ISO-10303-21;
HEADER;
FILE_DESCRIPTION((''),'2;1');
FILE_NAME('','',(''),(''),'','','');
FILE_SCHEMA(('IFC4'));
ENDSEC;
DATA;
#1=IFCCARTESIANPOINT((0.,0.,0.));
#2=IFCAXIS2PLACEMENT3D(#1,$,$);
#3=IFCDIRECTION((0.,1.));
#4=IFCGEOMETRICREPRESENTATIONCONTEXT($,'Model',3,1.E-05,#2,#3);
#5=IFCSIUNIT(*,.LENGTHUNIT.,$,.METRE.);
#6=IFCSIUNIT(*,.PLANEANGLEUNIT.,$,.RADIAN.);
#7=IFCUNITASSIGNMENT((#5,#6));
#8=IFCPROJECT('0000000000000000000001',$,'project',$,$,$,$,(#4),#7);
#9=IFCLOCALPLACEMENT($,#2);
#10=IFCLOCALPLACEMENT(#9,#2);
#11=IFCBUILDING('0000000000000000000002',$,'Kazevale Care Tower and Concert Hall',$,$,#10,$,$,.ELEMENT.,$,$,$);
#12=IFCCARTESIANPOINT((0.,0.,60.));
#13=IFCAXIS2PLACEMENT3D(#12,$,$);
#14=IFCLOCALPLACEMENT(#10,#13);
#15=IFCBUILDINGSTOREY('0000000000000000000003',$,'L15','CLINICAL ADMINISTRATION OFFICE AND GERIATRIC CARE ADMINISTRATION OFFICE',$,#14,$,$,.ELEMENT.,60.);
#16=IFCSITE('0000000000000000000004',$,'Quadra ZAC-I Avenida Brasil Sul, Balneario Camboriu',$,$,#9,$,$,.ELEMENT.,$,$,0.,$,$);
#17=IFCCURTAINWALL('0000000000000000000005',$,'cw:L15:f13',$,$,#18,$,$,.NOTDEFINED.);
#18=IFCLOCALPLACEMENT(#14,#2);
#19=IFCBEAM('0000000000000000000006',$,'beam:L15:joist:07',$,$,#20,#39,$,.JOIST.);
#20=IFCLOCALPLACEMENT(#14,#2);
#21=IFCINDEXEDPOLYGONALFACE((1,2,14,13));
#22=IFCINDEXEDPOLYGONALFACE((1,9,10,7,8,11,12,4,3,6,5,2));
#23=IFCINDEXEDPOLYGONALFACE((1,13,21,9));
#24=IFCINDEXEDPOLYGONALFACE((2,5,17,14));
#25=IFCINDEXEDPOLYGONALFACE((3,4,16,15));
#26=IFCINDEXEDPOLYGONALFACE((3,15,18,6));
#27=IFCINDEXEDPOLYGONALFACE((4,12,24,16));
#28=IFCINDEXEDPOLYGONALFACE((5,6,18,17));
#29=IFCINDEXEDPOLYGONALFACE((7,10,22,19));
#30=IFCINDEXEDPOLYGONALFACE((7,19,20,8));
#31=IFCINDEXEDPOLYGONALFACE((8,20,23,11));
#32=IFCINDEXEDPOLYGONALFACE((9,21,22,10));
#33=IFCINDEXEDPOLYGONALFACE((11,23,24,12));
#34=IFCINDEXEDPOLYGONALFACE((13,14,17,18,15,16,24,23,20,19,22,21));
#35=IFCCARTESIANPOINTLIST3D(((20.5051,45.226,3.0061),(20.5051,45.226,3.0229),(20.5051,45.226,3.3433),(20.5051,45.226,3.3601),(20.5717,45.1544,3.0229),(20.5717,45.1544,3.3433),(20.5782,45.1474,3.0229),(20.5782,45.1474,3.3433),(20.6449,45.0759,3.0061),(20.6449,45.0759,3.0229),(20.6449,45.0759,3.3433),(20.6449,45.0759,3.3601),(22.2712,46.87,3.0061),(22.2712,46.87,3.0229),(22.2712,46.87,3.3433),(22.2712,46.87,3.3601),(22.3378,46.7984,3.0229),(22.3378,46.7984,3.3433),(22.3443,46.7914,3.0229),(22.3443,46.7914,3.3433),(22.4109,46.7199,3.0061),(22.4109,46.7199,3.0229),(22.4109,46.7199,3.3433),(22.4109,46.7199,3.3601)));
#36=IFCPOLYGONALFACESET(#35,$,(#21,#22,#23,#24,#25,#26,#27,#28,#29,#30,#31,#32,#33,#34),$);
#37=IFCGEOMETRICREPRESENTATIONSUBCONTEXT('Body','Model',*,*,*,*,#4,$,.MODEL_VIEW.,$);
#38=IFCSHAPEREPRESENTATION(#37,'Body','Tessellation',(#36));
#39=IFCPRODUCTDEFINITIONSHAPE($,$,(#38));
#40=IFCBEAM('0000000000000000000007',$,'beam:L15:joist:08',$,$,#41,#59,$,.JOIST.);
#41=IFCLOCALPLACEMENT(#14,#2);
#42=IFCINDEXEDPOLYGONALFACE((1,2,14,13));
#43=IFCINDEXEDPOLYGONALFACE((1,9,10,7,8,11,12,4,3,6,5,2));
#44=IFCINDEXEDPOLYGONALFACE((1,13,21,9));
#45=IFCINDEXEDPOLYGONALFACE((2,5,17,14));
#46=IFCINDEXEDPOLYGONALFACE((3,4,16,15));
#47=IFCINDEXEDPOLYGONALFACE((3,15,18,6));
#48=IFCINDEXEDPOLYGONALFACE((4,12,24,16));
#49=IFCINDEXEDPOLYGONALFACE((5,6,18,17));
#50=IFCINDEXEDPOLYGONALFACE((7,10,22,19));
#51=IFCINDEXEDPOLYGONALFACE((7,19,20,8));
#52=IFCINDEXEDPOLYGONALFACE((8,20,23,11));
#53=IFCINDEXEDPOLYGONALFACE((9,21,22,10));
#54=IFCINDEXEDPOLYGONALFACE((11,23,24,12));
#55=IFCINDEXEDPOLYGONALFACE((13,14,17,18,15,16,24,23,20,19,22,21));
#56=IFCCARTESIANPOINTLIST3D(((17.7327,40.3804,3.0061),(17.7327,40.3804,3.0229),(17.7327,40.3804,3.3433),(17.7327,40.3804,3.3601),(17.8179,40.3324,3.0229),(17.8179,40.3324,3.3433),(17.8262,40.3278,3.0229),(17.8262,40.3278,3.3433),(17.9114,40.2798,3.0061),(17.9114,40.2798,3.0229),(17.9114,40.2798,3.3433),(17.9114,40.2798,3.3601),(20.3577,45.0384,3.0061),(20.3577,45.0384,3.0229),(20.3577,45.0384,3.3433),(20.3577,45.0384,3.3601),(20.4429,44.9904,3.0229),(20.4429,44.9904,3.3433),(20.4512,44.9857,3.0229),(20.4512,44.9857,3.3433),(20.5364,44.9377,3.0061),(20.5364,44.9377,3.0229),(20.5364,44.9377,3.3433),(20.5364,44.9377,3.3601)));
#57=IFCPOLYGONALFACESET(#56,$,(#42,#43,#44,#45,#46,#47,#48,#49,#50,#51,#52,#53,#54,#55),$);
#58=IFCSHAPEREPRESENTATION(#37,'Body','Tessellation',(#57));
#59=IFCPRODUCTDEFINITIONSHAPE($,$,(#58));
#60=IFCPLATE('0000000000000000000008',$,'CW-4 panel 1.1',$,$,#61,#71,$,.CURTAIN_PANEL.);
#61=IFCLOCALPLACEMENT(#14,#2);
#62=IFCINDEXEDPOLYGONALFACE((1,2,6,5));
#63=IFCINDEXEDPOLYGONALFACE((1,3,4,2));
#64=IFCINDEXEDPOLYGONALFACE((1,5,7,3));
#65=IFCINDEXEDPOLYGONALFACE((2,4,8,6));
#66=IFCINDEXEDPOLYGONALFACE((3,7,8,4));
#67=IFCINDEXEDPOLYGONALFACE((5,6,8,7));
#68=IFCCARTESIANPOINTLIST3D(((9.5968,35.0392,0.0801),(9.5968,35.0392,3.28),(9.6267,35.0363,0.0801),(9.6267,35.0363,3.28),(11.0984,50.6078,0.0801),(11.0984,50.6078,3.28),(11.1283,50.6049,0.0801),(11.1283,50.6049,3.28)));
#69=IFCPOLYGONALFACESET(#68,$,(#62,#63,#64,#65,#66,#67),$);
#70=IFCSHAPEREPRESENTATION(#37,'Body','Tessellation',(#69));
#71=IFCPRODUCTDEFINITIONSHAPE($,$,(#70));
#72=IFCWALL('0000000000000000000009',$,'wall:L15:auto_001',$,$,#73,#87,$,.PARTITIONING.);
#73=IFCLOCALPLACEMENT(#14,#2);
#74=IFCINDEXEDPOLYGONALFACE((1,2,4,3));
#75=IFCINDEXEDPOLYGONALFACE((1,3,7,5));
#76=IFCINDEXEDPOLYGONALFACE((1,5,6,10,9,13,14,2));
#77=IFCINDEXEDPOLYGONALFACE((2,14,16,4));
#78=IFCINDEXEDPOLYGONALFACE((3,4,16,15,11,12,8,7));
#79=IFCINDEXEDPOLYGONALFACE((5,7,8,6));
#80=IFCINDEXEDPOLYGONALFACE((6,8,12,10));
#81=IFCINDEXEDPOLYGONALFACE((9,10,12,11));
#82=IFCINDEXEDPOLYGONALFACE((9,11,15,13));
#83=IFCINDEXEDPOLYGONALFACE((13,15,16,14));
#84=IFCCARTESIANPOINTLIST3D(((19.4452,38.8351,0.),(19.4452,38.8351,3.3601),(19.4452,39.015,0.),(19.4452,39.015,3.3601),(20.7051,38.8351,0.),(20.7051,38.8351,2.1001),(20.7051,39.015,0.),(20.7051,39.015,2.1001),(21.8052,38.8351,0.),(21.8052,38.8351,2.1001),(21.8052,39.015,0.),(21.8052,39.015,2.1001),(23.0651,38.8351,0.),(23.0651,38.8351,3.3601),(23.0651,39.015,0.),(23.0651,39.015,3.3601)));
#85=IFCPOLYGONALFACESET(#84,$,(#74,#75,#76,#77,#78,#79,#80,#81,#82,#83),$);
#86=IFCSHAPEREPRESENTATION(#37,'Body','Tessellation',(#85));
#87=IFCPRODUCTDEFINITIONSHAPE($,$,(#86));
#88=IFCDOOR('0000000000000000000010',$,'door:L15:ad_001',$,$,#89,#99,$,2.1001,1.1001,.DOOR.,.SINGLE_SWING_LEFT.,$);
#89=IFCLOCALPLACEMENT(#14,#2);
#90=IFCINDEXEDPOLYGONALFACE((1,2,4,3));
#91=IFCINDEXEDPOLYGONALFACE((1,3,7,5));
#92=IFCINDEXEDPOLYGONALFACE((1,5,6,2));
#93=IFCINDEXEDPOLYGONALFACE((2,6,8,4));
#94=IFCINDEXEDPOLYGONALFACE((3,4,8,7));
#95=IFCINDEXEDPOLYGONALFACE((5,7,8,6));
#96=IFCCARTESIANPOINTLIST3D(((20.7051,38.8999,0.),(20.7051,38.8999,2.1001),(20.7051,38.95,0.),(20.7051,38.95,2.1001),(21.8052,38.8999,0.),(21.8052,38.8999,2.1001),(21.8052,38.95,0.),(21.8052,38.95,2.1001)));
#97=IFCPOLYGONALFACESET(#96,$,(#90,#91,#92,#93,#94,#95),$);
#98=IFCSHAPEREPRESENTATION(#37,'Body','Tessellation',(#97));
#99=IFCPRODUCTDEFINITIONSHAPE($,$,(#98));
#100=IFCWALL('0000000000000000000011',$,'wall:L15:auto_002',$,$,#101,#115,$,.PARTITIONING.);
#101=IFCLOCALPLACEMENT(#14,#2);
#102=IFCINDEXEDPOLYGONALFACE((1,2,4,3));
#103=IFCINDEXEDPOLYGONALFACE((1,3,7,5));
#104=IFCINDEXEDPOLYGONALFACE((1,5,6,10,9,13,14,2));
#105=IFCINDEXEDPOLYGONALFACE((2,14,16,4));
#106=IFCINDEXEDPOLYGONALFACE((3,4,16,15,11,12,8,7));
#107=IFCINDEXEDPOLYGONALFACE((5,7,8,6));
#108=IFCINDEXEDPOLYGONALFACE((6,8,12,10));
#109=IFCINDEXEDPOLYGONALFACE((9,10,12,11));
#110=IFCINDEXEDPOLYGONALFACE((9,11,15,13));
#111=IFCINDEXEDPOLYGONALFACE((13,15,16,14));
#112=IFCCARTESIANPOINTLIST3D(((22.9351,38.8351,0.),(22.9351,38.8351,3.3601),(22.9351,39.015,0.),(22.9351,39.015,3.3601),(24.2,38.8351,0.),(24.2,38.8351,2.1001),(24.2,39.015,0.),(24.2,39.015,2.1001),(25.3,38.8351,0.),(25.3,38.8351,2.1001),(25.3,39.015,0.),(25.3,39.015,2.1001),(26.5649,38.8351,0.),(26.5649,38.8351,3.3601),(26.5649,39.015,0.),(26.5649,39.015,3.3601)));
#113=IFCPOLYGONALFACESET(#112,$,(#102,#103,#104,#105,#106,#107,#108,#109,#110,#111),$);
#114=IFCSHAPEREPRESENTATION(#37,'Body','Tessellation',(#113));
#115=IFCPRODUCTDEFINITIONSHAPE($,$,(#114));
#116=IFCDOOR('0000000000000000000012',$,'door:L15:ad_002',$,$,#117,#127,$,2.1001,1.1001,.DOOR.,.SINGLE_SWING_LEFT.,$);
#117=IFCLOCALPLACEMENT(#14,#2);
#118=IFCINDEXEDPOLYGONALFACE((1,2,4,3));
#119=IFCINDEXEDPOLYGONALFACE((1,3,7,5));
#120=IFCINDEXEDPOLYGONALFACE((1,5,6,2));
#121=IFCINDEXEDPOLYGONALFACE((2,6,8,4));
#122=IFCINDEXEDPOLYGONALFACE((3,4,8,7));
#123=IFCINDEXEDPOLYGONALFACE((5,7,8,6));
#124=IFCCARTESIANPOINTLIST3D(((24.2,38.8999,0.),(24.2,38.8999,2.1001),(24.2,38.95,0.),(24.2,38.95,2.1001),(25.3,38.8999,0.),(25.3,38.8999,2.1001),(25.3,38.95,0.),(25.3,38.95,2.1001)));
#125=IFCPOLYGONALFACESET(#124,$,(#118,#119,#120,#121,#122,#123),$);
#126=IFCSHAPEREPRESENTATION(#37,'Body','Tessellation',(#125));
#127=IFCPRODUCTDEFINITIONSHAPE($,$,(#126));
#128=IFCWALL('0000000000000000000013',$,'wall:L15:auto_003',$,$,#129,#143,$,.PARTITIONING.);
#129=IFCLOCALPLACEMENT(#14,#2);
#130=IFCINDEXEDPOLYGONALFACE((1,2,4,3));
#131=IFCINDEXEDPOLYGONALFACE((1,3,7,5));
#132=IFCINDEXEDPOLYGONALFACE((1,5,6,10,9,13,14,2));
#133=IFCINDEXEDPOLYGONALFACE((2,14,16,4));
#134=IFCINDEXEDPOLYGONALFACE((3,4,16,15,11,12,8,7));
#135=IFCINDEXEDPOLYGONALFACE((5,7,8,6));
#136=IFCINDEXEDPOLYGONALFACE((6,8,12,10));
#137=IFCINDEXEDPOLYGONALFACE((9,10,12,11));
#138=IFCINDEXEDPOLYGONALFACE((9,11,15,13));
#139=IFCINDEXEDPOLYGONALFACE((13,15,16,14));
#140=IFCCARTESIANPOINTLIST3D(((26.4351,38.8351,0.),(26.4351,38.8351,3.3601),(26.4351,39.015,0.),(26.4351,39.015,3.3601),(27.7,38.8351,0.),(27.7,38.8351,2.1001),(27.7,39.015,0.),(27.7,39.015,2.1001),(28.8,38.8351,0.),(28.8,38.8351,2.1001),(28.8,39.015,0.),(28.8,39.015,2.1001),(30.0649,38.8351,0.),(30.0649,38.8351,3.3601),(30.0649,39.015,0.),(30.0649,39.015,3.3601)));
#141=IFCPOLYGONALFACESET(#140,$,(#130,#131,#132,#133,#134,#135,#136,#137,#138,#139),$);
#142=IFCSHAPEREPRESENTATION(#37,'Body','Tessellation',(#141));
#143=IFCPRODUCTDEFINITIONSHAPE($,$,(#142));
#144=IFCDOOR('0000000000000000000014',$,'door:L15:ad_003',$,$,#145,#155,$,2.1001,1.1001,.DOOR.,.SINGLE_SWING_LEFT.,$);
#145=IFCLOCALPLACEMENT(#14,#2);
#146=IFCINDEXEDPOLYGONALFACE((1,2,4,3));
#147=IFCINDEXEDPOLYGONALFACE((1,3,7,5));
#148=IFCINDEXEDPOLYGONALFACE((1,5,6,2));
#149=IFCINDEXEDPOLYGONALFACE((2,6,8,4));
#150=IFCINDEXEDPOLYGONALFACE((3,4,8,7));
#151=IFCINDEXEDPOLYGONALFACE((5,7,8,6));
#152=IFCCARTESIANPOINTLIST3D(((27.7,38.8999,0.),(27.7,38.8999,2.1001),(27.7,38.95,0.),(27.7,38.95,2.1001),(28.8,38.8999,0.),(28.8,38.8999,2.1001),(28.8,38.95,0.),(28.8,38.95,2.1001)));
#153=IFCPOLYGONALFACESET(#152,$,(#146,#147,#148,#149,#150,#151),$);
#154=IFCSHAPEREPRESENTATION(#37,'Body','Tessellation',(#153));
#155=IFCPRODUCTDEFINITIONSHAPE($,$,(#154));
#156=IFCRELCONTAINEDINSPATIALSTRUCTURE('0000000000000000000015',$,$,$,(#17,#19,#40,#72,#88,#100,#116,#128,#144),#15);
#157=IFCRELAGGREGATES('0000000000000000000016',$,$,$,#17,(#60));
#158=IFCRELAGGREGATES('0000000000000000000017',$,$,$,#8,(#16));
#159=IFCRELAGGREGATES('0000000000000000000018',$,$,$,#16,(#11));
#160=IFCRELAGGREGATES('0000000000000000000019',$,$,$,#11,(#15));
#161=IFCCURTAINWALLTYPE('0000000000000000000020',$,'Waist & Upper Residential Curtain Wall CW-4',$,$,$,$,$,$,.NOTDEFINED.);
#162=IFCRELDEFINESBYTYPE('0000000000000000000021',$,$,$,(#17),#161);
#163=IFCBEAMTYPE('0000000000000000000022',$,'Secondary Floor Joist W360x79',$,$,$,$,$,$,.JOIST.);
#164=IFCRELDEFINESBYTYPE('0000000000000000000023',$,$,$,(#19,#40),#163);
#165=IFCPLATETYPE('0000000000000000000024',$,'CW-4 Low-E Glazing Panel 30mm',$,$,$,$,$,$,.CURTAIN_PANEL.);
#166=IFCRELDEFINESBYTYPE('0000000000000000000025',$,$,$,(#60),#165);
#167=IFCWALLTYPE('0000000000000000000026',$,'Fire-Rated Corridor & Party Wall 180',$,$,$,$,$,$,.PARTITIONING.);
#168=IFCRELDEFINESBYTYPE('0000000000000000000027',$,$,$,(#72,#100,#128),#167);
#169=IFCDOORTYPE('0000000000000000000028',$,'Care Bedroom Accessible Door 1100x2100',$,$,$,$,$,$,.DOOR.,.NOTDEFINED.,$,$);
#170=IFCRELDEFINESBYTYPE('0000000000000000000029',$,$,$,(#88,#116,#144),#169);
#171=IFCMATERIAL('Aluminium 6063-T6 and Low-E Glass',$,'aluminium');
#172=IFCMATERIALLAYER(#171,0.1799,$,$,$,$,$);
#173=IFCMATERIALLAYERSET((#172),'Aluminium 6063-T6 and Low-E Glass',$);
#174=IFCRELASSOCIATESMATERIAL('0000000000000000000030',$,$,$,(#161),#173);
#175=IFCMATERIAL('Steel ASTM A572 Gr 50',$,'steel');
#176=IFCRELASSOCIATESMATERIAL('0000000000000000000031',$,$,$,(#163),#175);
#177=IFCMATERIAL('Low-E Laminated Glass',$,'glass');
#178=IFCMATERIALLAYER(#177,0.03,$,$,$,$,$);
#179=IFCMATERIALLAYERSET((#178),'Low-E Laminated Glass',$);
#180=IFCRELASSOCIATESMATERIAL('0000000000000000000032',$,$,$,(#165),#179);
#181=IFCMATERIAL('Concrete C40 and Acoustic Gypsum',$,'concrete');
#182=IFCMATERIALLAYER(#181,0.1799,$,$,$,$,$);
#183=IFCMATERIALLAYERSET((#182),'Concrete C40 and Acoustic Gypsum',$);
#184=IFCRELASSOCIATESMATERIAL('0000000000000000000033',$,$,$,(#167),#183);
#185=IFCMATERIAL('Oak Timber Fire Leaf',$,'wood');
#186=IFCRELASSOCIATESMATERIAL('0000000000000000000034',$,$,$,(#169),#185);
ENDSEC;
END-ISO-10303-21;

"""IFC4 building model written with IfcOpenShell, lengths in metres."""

from ifc_helpers import new_model, si_unit, direction, frame, frame_2d, origin, origin_2d, place, context, subcontext, project, spatial, rectangle, i_section, extrude, material, layer, layer_set, material_profile, profile_set, type_object, element, fill, aggregate, save


model = new_model("IFC4")

# Units and contexts
model_context = context("Model", 3, precision=1e-05, world=origin(), true_north=direction((0.0, 1.0)))
body_context = subcontext(model_context, "Body", "Model", "MODEL_VIEW")
ifc_project = project(units=[si_unit("LENGTHUNIT", "METRE"), si_unit("PLANEANGLEUNIT", "RADIAN")], contexts=[model_context])

# Site, building, storey
site_placement = place(None, origin())
site = spatial("IfcSite", under=ifc_project, at=site_placement, Name="Quadra ZAC-I Avenida Brasil Sul, Balneario Camboriu", CompositionType="ELEMENT", RefElevation=0.0)
building_placement = place(site_placement, origin())
building = spatial("IfcBuilding", under=site, at=building_placement, Name="Kazevale Care Tower and Concert Hall", CompositionType="ELEMENT")
storey_placement = place(building_placement, frame((0.0, 0.0, 60.0)))
storey = spatial("IfcBuildingStorey", under=building, at=storey_placement, Name="L15", Description="CLINICAL ADMINISTRATION OFFICE AND GERIATRIC CARE ADMINISTRATION OFFICE", CompositionType="ELEMENT", Elevation=60.0)

# Curtain wall
ifc_material_1 = material(Name="Aluminium 6063-T6 and Low-E Glass", Category="aluminium")
ifc_layer_1 = layer(ifc_material_1, 0.1799)
ifc_layer_set_1 = layer_set([ifc_layer_1], Name="Aluminium 6063-T6 and Low-E Glass")
curtain_wall_type_1 = type_object("IfcCurtainWallType", Name="Waist & Upper Residential Curtain Wall CW-4", PredefinedType="NOTDEFINED", material=ifc_layer_set_1)
curtain_wall_1_placement = place(storey_placement, origin())
curtain_wall_1 = element("IfcCurtainWall", 1, at=curtain_wall_1_placement, inside=storey, type_object=curtain_wall_type_1, Name="cw:L15:f13", PredefinedType="NOTDEFINED")

# Beams
ifc_material_2 = material(Name="Steel ASTM A572 Gr 50", Category="steel")
ifc_material_profile_1 = material_profile(ifc_material_2, i_section(OverallWidth=0.2051, OverallDepth=0.354, WebThickness=0.0095, FlangeThickness=0.0168, at=origin_2d()), Name="W360x79")
ifc_profile_set_1 = profile_set([ifc_material_profile_1], Name="Steel ASTM A572 Gr 50")
beam_type_1 = type_object("IfcBeamType", Name="Secondary Floor Joist W360x79", PredefinedType="JOIST", material=ifc_profile_set_1)
beam_1_placement = place(storey_placement, frame((22.3411, 46.7949, 3.1831), z_axis=(-0.73195, -0.681359, 0.0), x_axis=(0.681359, -0.73195, 0.0)))
element("IfcBeam", 2, at=beam_1_placement, inside=storey, type_object=beam_type_1, Name="beam:L15:joist:07", PredefinedType="JOIST", context=body_context, shape_type="SweptSolid", body=[
    extrude(i_section(OverallWidth=0.2051, OverallDepth=0.354, WebThickness=0.0095, FlangeThickness=0.0168, at=origin_2d()), origin(), (0.0, 0.0, 1.0), 2.4128),
])
beam_2_placement = place(storey_placement, frame((20.447, 44.988, 3.1831), z_axis=(-0.490957, -0.871184, 0.0), x_axis=(0.871184, -0.490957, 0.0)))
element("IfcBeam", 3, at=beam_2_placement, inside=storey, type_object=beam_type_1, Name="beam:L15:joist:08", PredefinedType="JOIST", context=body_context, shape_type="SweptSolid", body=[
    extrude(i_section(OverallWidth=0.2051, OverallDepth=0.354, WebThickness=0.0095, FlangeThickness=0.0168, at=origin_2d()), origin(), (0.0, 0.0, 1.0), 5.3467),
])

# Plate
ifc_material_3 = material(Name="Low-E Laminated Glass", Category="glass")
ifc_layer_2 = layer(ifc_material_3, 0.03)
ifc_layer_set_2 = layer_set([ifc_layer_2], Name="Low-E Laminated Glass")
plate_type = type_object("IfcPlateType", Name="CW-4 Low-E Glazing Panel 30mm", PredefinedType="CURTAIN_PANEL", material=ifc_layer_set_2)
plate_placement = place(storey_placement, frame((10.3625, 42.822, 0.0801), z_axis=(0.0, 0.0, 1.0), x_axis=(0.096007, 0.995381, 0.0)))
plate = element("IfcPlate", 4, at=plate_placement, type_object=plate_type, Name="CW-4 panel 1.1", PredefinedType="CURTAIN_PANEL", context=body_context, shape_type="SweptSolid", body=[
    extrude(rectangle(XDim=15.6409, YDim=0.03, at=origin_2d()), origin(), (0.0, 0.0, 1.0), 3.2),
])
aggregate(curtain_wall_1, [plate])

# Walls, openings, doors
ifc_material_4 = material(Name="Concrete C40 and Acoustic Gypsum", Category="concrete")
ifc_layer_3 = layer(ifc_material_4, 0.1799)
ifc_layer_set_3 = layer_set([ifc_layer_3], Name="Concrete C40 and Acoustic Gypsum")
wall_type = type_object("IfcWallType", Name="Fire-Rated Corridor & Party Wall 180", PredefinedType="PARTITIONING", material=ifc_layer_set_3)
wall_1_placement = place(storey_placement, frame((19.4451, 38.925, 0.0), z_axis=(0.0, 0.0, 1.0), x_axis=(1.0, 0.0, 0.0)))
wall_1 = element("IfcWall", 5, at=wall_1_placement, inside=storey, type_object=wall_type, Name="wall:L15:auto_001", PredefinedType="PARTITIONING", context=body_context, shape_type="SweptSolid", body=[
    extrude(rectangle(XDim=3.6199, YDim=0.1799, at=frame_2d((1.8101, 0.0))), origin(), (0.0, 0.0, 1.0), 3.3601),
])
opening_1_placement = place(wall_1_placement, frame((1.26, 0.0, 0.0)))
opening_1 = element("IfcOpeningElement", 6, at=opening_1_placement, cuts=wall_1, PredefinedType="OPENING", context=body_context, shape_type="SweptSolid", body=[
    extrude(rectangle(XDim=1.1001, YDim=2.1001, at=frame_2d((0.55, 1.05))), frame((0.0, 0.0999, 0.0), z_axis=(0.0, -1.0, 0.0), x_axis=(1.0, 0.0, 0.0)), (0.0, 0.0, 1.0), 0.2),
])
ifc_material_5 = material(Name="Oak Timber Fire Leaf", Category="wood")
door_type = type_object("IfcDoorType", Name="Care Bedroom Accessible Door 1100x2100", OperationType="NOTDEFINED", PredefinedType="DOOR", material=ifc_material_5)
door_1_placement = place(opening_1_placement, origin())
door_1 = element("IfcDoor", 7, at=door_1_placement, inside=storey, type_object=door_type, Name="door:L15:ad_001", OperationType="SINGLE_SWING_LEFT", OverallHeight=2.1001, OverallWidth=1.1001, PredefinedType="DOOR", context=body_context, shape_type="SweptSolid", body=[
    extrude(rectangle(XDim=1.1001, YDim=2.1001, at=frame_2d((0.55, 1.05))), frame((0.0, 0.0249, 0.0), z_axis=(0.0, -1.0, 0.0), x_axis=(1.0, 0.0, 0.0)), (0.0, 0.0, 1.0), 0.05),
])
fill(opening_1, door_1)
wall_2_placement = place(storey_placement, frame((22.9351, 38.925, 0.0), z_axis=(0.0, 0.0, 1.0), x_axis=(1.0, 0.0, 0.0)))
wall_2 = element("IfcWall", 8, at=wall_2_placement, inside=storey, type_object=wall_type, Name="wall:L15:auto_002", PredefinedType="PARTITIONING", context=body_context, shape_type="SweptSolid", body=[
    extrude(rectangle(XDim=3.6299, YDim=0.1799, at=frame_2d((1.8149, 0.0))), origin(), (0.0, 0.0, 1.0), 3.3601),
])
opening_2_placement = place(wall_2_placement, frame((1.2649, 0.0, 0.0)))
opening_2 = element("IfcOpeningElement", 9, at=opening_2_placement, cuts=wall_2, PredefinedType="OPENING", context=body_context, shape_type="SweptSolid", body=[
    extrude(rectangle(XDim=1.1001, YDim=2.1001, at=frame_2d((0.55, 1.05))), frame((0.0, 0.0999, 0.0), z_axis=(0.0, -1.0, 0.0), x_axis=(1.0, 0.0, 0.0)), (0.0, 0.0, 1.0), 0.2),
])
door_2_placement = place(opening_2_placement, origin())
door_2 = element("IfcDoor", 10, at=door_2_placement, inside=storey, type_object=door_type, Name="door:L15:ad_002", OperationType="SINGLE_SWING_LEFT", OverallHeight=2.1001, OverallWidth=1.1001, PredefinedType="DOOR", context=body_context, shape_type="SweptSolid", body=[
    extrude(rectangle(XDim=1.1001, YDim=2.1001, at=frame_2d((0.55, 1.05))), frame((0.0, 0.0249, 0.0), z_axis=(0.0, -1.0, 0.0), x_axis=(1.0, 0.0, 0.0)), (0.0, 0.0, 1.0), 0.05),
])
fill(opening_2, door_2)
wall_3_placement = place(storey_placement, frame((26.4351, 38.925, 0.0), z_axis=(0.0, 0.0, 1.0), x_axis=(1.0, 0.0, 0.0)))
wall_3 = element("IfcWall", 11, at=wall_3_placement, inside=storey, type_object=wall_type, Name="wall:L15:auto_003", PredefinedType="PARTITIONING", context=body_context, shape_type="SweptSolid", body=[
    extrude(rectangle(XDim=3.6299, YDim=0.1799, at=frame_2d((1.8149, 0.0))), origin(), (0.0, 0.0, 1.0), 3.3601),
])
opening_3_placement = place(wall_3_placement, frame((1.2649, 0.0, 0.0)))
opening_3 = element("IfcOpeningElement", 12, at=opening_3_placement, cuts=wall_3, PredefinedType="OPENING", context=body_context, shape_type="SweptSolid", body=[
    extrude(rectangle(XDim=1.1001, YDim=2.1001, at=frame_2d((0.55, 1.05))), frame((0.0, 0.0999, 0.0), z_axis=(0.0, -1.0, 0.0), x_axis=(1.0, 0.0, 0.0)), (0.0, 0.0, 1.0), 0.2),
])
door_3_placement = place(opening_3_placement, origin())
door_3 = element("IfcDoor", 13, at=door_3_placement, inside=storey, type_object=door_type, Name="door:L15:ad_003", OperationType="SINGLE_SWING_LEFT", OverallHeight=2.1001, OverallWidth=1.1001, PredefinedType="DOOR", context=body_context, shape_type="SweptSolid", body=[
    extrude(rectangle(XDim=1.1001, YDim=2.1001, at=frame_2d((0.55, 1.05))), frame((0.0, 0.0249, 0.0), z_axis=(0.0, -1.0, 0.0), x_axis=(1.0, 0.0, 0.0)), (0.0, 0.0, 1.0), 0.05),
])
fill(opening_3, door_3)

save(model, "model.ifc")
